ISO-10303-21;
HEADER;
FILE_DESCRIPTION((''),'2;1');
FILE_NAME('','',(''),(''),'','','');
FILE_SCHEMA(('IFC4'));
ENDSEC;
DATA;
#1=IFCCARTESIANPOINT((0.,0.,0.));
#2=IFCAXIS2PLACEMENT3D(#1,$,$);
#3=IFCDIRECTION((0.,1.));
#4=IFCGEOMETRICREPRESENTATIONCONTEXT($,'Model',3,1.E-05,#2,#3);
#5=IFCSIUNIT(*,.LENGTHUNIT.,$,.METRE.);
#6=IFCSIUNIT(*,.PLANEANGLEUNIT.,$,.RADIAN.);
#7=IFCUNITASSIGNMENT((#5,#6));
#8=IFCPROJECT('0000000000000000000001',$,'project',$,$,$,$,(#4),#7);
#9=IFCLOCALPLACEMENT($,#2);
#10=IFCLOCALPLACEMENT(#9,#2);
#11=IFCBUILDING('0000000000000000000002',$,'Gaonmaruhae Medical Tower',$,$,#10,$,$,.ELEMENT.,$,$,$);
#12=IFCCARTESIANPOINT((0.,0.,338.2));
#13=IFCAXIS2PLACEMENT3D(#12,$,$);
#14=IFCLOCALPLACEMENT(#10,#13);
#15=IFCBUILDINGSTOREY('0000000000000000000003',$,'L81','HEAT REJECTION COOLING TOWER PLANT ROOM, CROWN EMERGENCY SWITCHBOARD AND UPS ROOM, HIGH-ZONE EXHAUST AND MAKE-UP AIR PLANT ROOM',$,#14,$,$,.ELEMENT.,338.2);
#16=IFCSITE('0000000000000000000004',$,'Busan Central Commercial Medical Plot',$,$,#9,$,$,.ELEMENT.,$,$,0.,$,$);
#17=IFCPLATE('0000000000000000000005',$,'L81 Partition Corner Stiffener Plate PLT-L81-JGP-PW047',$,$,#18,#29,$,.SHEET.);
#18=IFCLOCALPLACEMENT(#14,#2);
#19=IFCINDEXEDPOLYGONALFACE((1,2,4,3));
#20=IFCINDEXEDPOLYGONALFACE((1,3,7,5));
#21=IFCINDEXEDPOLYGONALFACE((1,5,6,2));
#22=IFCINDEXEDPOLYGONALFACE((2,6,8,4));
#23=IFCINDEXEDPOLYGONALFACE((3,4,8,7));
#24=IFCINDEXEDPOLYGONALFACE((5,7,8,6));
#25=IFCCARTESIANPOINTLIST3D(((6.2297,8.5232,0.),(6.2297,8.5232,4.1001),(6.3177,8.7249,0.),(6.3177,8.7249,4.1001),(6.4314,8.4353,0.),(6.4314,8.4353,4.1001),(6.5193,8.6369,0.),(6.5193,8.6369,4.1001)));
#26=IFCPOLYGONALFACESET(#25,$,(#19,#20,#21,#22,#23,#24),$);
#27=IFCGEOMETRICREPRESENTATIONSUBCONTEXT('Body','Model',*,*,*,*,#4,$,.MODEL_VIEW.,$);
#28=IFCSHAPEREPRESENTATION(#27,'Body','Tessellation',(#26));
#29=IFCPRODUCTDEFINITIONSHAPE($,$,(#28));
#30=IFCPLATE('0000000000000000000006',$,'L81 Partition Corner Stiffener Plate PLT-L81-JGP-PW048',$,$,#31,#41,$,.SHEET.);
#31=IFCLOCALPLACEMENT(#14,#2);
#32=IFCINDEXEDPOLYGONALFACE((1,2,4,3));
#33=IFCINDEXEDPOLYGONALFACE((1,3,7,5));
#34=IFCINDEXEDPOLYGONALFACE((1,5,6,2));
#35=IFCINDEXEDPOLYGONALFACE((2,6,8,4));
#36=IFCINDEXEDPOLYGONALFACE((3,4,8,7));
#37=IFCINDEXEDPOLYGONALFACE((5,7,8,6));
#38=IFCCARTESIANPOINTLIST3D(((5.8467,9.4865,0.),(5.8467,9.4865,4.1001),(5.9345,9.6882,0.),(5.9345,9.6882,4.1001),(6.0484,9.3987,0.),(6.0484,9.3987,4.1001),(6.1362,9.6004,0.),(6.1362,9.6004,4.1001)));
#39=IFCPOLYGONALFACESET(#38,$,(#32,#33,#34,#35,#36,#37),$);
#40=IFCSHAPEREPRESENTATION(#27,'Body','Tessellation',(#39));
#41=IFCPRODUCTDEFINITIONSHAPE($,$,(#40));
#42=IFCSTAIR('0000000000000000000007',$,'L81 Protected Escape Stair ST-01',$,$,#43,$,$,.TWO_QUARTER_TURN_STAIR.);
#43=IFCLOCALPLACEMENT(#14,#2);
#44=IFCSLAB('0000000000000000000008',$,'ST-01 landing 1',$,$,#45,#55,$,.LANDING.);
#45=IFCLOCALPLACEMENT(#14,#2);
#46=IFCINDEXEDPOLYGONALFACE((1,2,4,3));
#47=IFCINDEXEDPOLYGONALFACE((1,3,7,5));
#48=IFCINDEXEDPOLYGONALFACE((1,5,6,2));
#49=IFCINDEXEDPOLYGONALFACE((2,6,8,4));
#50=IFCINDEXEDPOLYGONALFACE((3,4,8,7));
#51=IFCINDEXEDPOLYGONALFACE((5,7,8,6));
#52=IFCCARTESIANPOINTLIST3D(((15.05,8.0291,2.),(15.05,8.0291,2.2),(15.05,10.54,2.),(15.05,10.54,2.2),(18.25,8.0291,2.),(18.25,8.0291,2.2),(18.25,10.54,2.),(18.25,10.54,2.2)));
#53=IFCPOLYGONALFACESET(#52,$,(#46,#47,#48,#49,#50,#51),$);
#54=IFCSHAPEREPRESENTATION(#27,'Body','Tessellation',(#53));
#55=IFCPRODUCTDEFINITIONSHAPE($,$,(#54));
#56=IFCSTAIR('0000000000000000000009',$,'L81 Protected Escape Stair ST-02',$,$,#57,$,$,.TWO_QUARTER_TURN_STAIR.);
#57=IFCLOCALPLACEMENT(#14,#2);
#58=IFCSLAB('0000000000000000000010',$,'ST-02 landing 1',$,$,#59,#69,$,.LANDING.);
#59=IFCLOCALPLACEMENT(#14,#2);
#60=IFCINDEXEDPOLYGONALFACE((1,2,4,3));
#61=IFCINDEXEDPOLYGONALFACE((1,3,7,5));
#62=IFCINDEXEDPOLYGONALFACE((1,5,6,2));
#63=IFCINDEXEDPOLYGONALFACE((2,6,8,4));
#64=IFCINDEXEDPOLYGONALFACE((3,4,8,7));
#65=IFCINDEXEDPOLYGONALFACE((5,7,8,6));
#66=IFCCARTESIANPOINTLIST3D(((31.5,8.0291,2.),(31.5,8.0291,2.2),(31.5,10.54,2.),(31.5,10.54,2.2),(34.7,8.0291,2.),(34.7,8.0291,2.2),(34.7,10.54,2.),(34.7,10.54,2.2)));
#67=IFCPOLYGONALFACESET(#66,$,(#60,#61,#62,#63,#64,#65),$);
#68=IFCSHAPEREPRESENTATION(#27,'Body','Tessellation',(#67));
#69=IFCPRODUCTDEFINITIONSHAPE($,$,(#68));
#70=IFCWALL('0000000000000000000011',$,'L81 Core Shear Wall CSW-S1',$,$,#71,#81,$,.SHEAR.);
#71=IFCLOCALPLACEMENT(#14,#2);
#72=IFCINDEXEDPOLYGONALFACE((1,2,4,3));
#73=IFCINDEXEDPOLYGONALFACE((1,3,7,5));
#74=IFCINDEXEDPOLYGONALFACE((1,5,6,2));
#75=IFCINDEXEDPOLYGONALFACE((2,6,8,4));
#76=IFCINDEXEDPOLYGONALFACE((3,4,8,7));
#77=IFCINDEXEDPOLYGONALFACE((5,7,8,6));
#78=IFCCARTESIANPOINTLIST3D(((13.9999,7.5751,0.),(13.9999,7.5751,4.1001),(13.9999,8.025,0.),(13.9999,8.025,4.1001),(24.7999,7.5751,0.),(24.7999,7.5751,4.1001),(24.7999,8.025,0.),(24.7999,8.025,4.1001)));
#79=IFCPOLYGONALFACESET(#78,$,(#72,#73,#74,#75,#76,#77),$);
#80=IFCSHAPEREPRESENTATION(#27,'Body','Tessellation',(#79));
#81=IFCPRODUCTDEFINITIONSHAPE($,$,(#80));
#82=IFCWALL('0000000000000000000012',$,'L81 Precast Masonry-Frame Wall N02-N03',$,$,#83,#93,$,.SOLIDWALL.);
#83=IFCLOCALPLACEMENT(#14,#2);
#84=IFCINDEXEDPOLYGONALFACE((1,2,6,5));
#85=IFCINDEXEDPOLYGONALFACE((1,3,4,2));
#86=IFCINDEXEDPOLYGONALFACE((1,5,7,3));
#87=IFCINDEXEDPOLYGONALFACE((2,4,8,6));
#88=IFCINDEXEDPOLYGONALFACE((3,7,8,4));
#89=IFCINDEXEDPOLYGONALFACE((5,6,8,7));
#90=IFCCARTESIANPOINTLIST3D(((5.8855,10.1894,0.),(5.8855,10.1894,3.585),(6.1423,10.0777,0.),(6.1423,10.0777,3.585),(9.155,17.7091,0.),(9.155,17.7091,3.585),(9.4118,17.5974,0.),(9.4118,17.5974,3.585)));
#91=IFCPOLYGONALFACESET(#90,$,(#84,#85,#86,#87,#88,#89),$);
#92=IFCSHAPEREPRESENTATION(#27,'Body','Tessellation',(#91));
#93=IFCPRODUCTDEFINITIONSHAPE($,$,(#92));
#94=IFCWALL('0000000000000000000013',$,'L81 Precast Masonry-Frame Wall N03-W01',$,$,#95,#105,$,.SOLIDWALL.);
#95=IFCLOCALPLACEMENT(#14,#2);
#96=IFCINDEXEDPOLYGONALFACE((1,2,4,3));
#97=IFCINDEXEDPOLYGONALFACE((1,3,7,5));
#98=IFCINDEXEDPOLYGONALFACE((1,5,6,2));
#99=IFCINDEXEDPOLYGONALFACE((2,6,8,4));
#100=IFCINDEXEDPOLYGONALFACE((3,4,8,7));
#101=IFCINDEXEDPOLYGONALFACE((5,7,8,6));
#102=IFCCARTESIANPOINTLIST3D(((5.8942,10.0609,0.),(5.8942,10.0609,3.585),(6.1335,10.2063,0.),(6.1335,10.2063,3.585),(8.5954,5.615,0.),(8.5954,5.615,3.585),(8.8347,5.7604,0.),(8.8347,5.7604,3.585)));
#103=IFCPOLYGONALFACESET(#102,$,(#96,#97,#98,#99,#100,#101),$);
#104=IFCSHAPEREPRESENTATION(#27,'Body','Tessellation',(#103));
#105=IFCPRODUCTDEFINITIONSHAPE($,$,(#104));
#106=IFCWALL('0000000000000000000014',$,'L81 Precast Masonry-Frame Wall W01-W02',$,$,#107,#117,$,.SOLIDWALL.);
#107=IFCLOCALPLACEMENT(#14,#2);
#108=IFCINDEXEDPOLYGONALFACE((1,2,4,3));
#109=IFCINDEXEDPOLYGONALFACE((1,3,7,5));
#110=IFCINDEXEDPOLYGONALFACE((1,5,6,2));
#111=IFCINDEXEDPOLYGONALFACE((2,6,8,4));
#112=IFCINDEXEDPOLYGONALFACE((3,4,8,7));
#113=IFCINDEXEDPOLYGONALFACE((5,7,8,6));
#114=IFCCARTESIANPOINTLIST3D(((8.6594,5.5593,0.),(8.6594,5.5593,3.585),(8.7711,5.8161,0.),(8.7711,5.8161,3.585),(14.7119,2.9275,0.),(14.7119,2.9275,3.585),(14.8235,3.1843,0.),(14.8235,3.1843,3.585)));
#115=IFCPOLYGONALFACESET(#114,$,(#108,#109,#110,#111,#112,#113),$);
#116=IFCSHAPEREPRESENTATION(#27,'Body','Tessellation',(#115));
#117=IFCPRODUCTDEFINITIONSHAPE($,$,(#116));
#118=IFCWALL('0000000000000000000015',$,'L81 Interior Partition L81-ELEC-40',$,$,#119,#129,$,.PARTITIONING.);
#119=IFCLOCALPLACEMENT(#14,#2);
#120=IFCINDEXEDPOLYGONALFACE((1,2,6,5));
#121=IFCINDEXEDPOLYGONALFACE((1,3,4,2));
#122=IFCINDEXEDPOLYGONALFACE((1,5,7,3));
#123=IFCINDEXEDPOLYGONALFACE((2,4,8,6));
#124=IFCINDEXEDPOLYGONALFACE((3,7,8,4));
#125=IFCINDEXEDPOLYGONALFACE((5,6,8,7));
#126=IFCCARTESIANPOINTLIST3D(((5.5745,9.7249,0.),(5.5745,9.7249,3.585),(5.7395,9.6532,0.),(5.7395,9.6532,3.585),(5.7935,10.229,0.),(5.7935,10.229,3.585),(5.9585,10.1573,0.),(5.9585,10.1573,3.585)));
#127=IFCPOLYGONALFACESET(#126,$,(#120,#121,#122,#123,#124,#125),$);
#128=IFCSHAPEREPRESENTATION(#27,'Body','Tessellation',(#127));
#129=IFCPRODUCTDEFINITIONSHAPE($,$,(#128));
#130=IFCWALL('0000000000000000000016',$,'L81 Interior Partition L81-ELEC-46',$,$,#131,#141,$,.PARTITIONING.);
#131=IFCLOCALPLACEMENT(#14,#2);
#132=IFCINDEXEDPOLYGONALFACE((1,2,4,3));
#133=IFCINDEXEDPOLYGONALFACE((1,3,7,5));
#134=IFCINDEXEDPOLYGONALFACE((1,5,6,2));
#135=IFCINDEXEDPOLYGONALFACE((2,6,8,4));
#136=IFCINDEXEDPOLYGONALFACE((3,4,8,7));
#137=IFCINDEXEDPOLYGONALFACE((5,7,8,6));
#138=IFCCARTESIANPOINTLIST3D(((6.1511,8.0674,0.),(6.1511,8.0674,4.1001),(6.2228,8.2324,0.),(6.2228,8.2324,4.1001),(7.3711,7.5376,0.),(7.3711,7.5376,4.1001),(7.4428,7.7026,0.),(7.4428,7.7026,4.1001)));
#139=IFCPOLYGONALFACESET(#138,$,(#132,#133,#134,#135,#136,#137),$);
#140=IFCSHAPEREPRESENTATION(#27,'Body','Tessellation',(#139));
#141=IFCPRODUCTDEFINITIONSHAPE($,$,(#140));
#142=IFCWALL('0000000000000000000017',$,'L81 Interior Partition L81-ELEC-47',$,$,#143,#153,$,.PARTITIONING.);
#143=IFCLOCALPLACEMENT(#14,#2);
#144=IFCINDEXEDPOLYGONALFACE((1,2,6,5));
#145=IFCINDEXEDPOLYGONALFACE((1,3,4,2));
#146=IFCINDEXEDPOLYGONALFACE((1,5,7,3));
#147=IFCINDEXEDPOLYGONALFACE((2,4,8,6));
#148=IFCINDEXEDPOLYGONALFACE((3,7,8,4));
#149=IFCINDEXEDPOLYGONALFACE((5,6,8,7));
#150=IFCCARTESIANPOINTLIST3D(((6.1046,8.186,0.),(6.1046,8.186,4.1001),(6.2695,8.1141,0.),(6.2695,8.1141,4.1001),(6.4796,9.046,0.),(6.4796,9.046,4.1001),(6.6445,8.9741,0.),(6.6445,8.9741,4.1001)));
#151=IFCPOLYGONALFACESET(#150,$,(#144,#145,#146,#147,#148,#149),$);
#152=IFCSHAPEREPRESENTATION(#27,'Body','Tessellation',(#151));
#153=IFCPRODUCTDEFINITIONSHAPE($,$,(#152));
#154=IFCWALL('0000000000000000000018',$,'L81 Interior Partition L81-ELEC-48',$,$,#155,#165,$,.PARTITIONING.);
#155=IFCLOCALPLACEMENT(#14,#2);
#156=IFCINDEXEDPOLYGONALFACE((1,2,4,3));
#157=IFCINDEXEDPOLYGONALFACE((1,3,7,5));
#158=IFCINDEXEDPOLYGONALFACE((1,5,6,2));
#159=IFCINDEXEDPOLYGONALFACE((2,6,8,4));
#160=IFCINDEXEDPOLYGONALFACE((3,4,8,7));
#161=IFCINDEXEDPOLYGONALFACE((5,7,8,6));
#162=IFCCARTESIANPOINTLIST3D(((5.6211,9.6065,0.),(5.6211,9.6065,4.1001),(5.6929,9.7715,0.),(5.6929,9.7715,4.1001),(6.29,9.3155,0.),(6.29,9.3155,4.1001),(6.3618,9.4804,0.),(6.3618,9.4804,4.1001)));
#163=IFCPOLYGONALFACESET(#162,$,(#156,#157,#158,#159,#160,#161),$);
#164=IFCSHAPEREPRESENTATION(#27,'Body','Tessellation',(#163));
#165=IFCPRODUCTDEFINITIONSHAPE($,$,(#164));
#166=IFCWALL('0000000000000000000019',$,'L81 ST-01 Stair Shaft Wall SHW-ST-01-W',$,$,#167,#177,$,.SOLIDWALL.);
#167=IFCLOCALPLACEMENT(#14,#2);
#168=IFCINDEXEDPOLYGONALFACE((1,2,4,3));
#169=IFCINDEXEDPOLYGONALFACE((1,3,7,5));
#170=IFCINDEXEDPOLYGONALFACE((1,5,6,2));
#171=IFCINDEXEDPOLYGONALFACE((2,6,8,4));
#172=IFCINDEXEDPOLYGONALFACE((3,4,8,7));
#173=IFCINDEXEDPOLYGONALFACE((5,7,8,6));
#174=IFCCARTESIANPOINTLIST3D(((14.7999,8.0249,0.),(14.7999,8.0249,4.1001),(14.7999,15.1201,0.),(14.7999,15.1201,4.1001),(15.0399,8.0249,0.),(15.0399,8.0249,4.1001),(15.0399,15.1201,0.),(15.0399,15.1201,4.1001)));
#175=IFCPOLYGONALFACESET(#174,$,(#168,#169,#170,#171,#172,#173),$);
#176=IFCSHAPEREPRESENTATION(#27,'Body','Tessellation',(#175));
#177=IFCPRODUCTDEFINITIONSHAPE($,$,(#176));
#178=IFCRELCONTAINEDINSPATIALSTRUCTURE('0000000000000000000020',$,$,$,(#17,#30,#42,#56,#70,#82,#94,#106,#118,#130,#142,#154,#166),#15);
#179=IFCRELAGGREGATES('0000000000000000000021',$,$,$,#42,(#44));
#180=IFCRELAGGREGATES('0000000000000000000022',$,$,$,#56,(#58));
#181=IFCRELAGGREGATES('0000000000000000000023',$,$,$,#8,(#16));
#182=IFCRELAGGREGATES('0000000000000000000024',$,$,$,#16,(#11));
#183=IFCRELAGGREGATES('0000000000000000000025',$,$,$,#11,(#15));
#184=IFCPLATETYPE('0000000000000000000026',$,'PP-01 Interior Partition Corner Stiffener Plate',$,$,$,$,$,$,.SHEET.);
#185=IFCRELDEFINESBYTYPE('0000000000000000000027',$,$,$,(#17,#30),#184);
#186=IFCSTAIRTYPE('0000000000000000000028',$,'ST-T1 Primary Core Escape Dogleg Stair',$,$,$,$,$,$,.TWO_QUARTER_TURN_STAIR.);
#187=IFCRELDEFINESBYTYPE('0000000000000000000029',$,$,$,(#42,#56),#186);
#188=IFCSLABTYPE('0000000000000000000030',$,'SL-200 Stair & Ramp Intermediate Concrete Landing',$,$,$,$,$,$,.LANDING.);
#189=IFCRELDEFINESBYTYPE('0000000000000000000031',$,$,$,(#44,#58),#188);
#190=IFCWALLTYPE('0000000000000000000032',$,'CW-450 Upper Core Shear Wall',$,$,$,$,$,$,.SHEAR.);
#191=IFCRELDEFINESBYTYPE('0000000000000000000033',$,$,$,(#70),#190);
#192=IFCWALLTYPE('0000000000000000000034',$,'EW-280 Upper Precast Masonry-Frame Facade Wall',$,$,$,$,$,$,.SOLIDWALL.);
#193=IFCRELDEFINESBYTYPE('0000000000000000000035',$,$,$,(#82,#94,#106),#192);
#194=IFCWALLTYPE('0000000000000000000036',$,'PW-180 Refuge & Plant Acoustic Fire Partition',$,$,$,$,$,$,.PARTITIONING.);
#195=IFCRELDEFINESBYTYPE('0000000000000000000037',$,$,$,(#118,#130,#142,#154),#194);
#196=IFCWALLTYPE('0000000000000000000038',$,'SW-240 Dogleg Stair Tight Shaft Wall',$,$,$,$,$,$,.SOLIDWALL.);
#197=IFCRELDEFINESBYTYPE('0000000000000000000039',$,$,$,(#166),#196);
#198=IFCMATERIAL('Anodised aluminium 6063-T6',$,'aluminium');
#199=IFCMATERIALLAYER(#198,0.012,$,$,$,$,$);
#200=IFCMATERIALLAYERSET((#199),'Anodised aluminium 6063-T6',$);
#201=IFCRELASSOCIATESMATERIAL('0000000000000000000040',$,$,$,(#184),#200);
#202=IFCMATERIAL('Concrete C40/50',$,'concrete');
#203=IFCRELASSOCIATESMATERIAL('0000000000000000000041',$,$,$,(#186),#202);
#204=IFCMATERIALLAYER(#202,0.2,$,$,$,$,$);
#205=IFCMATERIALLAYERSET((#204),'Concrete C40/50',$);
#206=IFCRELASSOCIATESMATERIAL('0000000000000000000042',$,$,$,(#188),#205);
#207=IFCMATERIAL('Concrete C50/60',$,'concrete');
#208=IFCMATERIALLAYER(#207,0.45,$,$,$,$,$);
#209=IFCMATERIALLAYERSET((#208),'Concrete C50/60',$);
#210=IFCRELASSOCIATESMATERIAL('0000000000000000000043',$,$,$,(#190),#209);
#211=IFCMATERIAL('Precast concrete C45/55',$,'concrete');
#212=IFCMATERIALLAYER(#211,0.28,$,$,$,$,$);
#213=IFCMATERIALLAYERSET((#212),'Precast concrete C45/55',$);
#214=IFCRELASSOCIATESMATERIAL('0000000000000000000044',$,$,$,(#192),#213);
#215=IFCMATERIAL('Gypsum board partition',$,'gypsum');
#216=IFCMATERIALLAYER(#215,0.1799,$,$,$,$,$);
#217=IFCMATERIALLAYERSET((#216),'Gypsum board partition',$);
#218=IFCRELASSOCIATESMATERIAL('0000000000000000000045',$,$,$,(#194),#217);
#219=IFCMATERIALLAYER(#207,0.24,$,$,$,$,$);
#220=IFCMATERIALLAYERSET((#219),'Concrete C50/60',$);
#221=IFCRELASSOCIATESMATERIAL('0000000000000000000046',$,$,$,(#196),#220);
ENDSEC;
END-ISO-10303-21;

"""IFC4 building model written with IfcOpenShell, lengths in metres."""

from ifc_helpers import new_model, si_unit, direction, frame, frame_2d, origin, origin_2d, place, context, subcontext, project, spatial, polyline, rectangle, outline, extrude, material, layer, layer_set, type_object, element, aggregate, save


model = new_model("IFC4")

# Units and contexts
model_context = context("Model", 3, precision=1e-05, world=origin(), true_north=direction((0.0, 1.0)))
body_context = subcontext(model_context, "Body", "Model", "MODEL_VIEW")
ifc_project = project(units=[si_unit("LENGTHUNIT", "METRE"), si_unit("PLANEANGLEUNIT", "RADIAN")], contexts=[model_context])

# Site, building, storey
site_placement = place(None, origin())
site = spatial("IfcSite", under=ifc_project, at=site_placement, Name="Busan Central Commercial Medical Plot", CompositionType="ELEMENT", RefElevation=0.0)
building_placement = place(site_placement, origin())
building = spatial("IfcBuilding", under=site, at=building_placement, Name="Gaonmaruhae Medical Tower", CompositionType="ELEMENT")
storey_placement = place(building_placement, frame((0.0, 0.0, 338.2)))
storey = spatial("IfcBuildingStorey", under=building, at=storey_placement, Name="L81", Description="HEAT REJECTION COOLING TOWER PLANT ROOM, CROWN EMERGENCY SWITCHBOARD AND UPS ROOM, HIGH-ZONE EXHAUST AND MAKE-UP AIR PLANT ROOM", CompositionType="ELEMENT", Elevation=338.2)

# Shared definitions
ifc_material_1 = material(Name="Concrete C50/60", Category="concrete")

# Shared definitions
ifc_material_2 = material(Name="Concrete C40/50", Category="concrete")

# Plates
ifc_material_3 = material(Name="Anodised aluminium 6063-T6", Category="aluminium")
ifc_layer_1 = layer(ifc_material_3, 0.012)
ifc_layer_set_1 = layer_set([ifc_layer_1], Name="Anodised aluminium 6063-T6")
plate_type_1 = type_object("IfcPlateType", Name="PP-01 Interior Partition Corner Stiffener Plate", PredefinedType="SHEET", material=ifc_layer_set_1)
for number, where, z_axis, x_axis, name in (
    (1, (6.3745, 8.5801, 0.0), (0.0, 0.0, 1.0), (0.399693, 0.916649, 0.0), "L81 Partition Corner Stiffener Plate PLT-L81-JGP-PW047"),
    (2, (5.9915, 9.5435, 0.0), (0.0, 0.0, 1.0), (-0.917004, 0.398877, 0.0), "L81 Partition Corner Stiffener Plate PLT-L81-JGP-PW048"),
):
    element("IfcPlate", number, at=place(storey_placement, frame(where, z_axis=z_axis, x_axis=x_axis)), inside=storey, type_object=plate_type_1, Name=name, PredefinedType="SHEET", context=body_context, shape_type="SweptSolid", body=[
        extrude(rectangle(XDim=0.22, YDim=0.22, at=origin_2d()), origin(), (0.0, 0.0, 1.0), 4.1001),
    ])

# Stairs, slabs
stair_type = type_object("IfcStairType", Name="ST-T1 Primary Core Escape Dogleg Stair", PredefinedType="TWO_QUARTER_TURN_STAIR", material=ifc_material_2)
stair_1_placement = place(storey_placement, origin())
stair_1 = element("IfcStair", 3, at=stair_1_placement, inside=storey, type_object=stair_type, Name="L81 Protected Escape Stair ST-01", PredefinedType="TWO_QUARTER_TURN_STAIR")
ifc_layer_2 = layer(ifc_material_2, 0.2)
ifc_layer_set_2 = layer_set([ifc_layer_2], Name="Concrete C40/50")
slab_type_1 = type_object("IfcSlabType", Name="SL-200 Stair & Ramp Intermediate Concrete Landing", PredefinedType="LANDING", material=ifc_layer_set_2)
slab_1_placement = place(storey_placement, frame((0.0, 0.0, 2.0)))
slab_1 = element("IfcSlab", 4, at=slab_1_placement, type_object=slab_type_1, Name="ST-01 landing 1", PredefinedType="LANDING", context=body_context, shape_type="SweptSolid", body=[
    extrude(outline(polyline([(15.05, 10.54), (15.05, 8.0291), (18.25, 8.0291), (18.25, 10.54), (15.05, 10.54)])), origin(), (0.0, 0.0, 1.0), 0.2),
])
aggregate(stair_1, [slab_1])
stair_2_placement = place(storey_placement, origin())
stair_2 = element("IfcStair", 5, at=stair_2_placement, inside=storey, type_object=stair_type, Name="L81 Protected Escape Stair ST-02", PredefinedType="TWO_QUARTER_TURN_STAIR")
slab_2_placement = place(storey_placement, frame((0.0, 0.0, 2.0)))
slab_2 = element("IfcSlab", 6, at=slab_2_placement, type_object=slab_type_1, Name="ST-02 landing 1", PredefinedType="LANDING", context=body_context, shape_type="SweptSolid", body=[
    extrude(outline(polyline([(31.5, 10.54), (31.5, 8.0291), (34.7, 8.0291), (34.7, 10.54), (31.5, 10.54)])), origin(), (0.0, 0.0, 1.0), 0.2),
])
aggregate(stair_2, [slab_2])

# Walls
ifc_layer_3 = layer(ifc_material_1, 0.45)
ifc_layer_set_3 = layer_set([ifc_layer_3], Name="Concrete C50/60")
wall_type_1 = type_object("IfcWallType", Name="CW-450 Upper Core Shear Wall", PredefinedType="SHEAR", material=ifc_layer_set_3)
wall_1_placement = place(storey_placement, frame((14.0, 7.8, 0.0), z_axis=(0.0, 0.0, 1.0), x_axis=(1.0, 0.0, 0.0)))
element("IfcWall", 7, at=wall_1_placement, inside=storey, type_object=wall_type_1, Name="L81 Core Shear Wall CSW-S1", PredefinedType="SHEAR", context=body_context, shape_type="SweptSolid", body=[
    extrude(rectangle(XDim=10.8, YDim=0.45, at=frame_2d((5.3999, 0.0))), origin(), (0.0, 0.0, 1.0), 4.1001),
])
ifc_material_4 = material(Name="Precast concrete C45/55", Category="concrete")
ifc_layer_4 = layer(ifc_material_4, 0.28)
ifc_layer_set_4 = layer_set([ifc_layer_4], Name="Precast concrete C45/55")
wall_type_2 = type_object("IfcWallType", Name="EW-280 Upper Precast Masonry-Frame Facade Wall", PredefinedType="SOLIDWALL", material=ifc_layer_set_4)
wall_2_placement = place(storey_placement, frame((6.0139, 10.1335, 0.0), z_axis=(0.0, 0.0, 1.0), x_axis=(0.398733, 0.917067, 0.0)))
element("IfcWall", 8, at=wall_2_placement, inside=storey, type_object=wall_type_2, Name="L81 Precast Masonry-Frame Wall N02-N03", PredefinedType="SOLIDWALL", context=body_context, shape_type="SweptSolid", body=[
    extrude(rectangle(XDim=8.1997, YDim=0.28, at=frame_2d((4.0999, 0.0))), origin(), (0.0, 0.0, 1.0), 3.585),
])
wall_3_placement = place(storey_placement, frame((8.7151, 5.6877, 0.0), z_axis=(0.0, 0.0, 1.0), x_axis=(-0.51925, 0.854622, 0.0)))
element("IfcWall", 9, at=wall_3_placement, inside=storey, type_object=wall_type_2, Name="L81 Precast Masonry-Frame Wall N03-W01", PredefinedType="SOLIDWALL", context=body_context, shape_type="SweptSolid", body=[
    extrude(rectangle(XDim=5.2021, YDim=0.28, at=frame_2d((2.6011, 0.0))), origin(), (0.0, 0.0, 1.0), 3.585),
])
wall_4_placement = place(storey_placement, frame((14.7676, 3.0559, 0.0), z_axis=(0.0, 0.0, 1.0), x_axis=(-0.917052, 0.398767, 0.0)))
element("IfcWall", 10, at=wall_4_placement, inside=storey, type_object=wall_type_2, Name="L81 Precast Masonry-Frame Wall W01-W02", PredefinedType="SOLIDWALL", context=body_context, shape_type="SweptSolid", body=[
    extrude(rectangle(XDim=6.5999, YDim=0.28, at=frame_2d((3.2998, 0.0))), origin(), (0.0, 0.0, 1.0), 3.585),
])
ifc_material_5 = material(Name="Gypsum board partition", Category="gypsum")
ifc_layer_5 = layer(ifc_material_5, 0.1799)
ifc_layer_set_5 = layer_set([ifc_layer_5], Name="Gypsum board partition")
wall_type_3 = type_object("IfcWallType", Name="PW-180 Refuge & Plant Acoustic Fire Partition", PredefinedType="PARTITIONING", material=ifc_layer_set_5)
wall_5_placement = place(storey_placement, frame((5.657, 9.689, 0.0), z_axis=(0.0, 0.0, 1.0), x_axis=(0.398418, 0.917204, 0.0)))
element("IfcWall", 11, at=wall_5_placement, inside=storey, type_object=wall_type_3, Name="L81 Interior Partition L81-ELEC-40", PredefinedType="PARTITIONING", context=body_context, shape_type="SweptSolid", body=[
    extrude(rectangle(XDim=0.5496, YDim=0.1799, at=frame_2d((0.2749, 0.0))), origin(), (0.0, 0.0, 1.0), 3.585),
])
wall_6_placement = place(storey_placement, frame((7.407, 7.6201, 0.0), z_axis=(0.0, 0.0, 1.0), x_axis=(-0.917245, 0.398323, 0.0)))
element("IfcWall", 12, at=wall_6_placement, inside=storey, type_object=wall_type_3, Name="L81 Interior Partition L81-ELEC-46", PredefinedType="PARTITIONING", context=body_context, shape_type="SweptSolid", body=[
    extrude(rectangle(XDim=1.3301, YDim=0.1799, at=frame_2d((0.665, 0.0))), origin(), (0.0, 0.0, 1.0), 4.1001),
])
wall_7_placement = place(storey_placement, frame((6.187, 8.1499, 0.0), z_axis=(0.0, 0.0, 1.0), x_axis=(0.399658, 0.916664, 0.0)))
element("IfcWall", 13, at=wall_7_placement, inside=storey, type_object=wall_type_3, Name="L81 Interior Partition L81-ELEC-47", PredefinedType="PARTITIONING", context=body_context, shape_type="SweptSolid", body=[
    extrude(rectangle(XDim=0.9382, YDim=0.1799, at=frame_2d((0.4692, 0.0))), origin(), (0.0, 0.0, 1.0), 4.1001),
])
wall_8_placement = place(storey_placement, frame((6.3259, 9.3979, 0.0), z_axis=(0.0, 0.0, 1.0), x_axis=(-0.916985, 0.398922, 0.0)))
element("IfcWall", 14, at=wall_8_placement, inside=storey, type_object=wall_type_3, Name="L81 Interior Partition L81-ELEC-48", PredefinedType="PARTITIONING", context=body_context, shape_type="SweptSolid", body=[
    extrude(rectangle(XDim=0.7295, YDim=0.1799, at=frame_2d((0.3647, 0.0))), origin(), (0.0, 0.0, 1.0), 4.1001),
])
ifc_layer_6 = layer(ifc_material_1, 0.24)
ifc_layer_set_6 = layer_set([ifc_layer_6], Name="Concrete C50/60")
wall_type_4 = type_object("IfcWallType", Name="SW-240 Dogleg Stair Tight Shaft Wall", PredefinedType="SOLIDWALL", material=ifc_layer_set_6)
wall_9_placement = place(storey_placement, frame((14.9199, 8.0249, 0.0), z_axis=(0.0, 0.0, 1.0), x_axis=(0.0, 1.0, 0.0)))
element("IfcWall", 15, at=wall_9_placement, inside=storey, type_object=wall_type_4, Name="L81 ST-01 Stair Shaft Wall SHW-ST-01-W", PredefinedType="SOLIDWALL", context=body_context, shape_type="SweptSolid", body=[
    extrude(rectangle(XDim=7.0952, YDim=0.24, at=frame_2d((3.5476, 0.0))), origin(), (0.0, 0.0, 1.0), 4.1001),
])

save(model, "model.ifc")
